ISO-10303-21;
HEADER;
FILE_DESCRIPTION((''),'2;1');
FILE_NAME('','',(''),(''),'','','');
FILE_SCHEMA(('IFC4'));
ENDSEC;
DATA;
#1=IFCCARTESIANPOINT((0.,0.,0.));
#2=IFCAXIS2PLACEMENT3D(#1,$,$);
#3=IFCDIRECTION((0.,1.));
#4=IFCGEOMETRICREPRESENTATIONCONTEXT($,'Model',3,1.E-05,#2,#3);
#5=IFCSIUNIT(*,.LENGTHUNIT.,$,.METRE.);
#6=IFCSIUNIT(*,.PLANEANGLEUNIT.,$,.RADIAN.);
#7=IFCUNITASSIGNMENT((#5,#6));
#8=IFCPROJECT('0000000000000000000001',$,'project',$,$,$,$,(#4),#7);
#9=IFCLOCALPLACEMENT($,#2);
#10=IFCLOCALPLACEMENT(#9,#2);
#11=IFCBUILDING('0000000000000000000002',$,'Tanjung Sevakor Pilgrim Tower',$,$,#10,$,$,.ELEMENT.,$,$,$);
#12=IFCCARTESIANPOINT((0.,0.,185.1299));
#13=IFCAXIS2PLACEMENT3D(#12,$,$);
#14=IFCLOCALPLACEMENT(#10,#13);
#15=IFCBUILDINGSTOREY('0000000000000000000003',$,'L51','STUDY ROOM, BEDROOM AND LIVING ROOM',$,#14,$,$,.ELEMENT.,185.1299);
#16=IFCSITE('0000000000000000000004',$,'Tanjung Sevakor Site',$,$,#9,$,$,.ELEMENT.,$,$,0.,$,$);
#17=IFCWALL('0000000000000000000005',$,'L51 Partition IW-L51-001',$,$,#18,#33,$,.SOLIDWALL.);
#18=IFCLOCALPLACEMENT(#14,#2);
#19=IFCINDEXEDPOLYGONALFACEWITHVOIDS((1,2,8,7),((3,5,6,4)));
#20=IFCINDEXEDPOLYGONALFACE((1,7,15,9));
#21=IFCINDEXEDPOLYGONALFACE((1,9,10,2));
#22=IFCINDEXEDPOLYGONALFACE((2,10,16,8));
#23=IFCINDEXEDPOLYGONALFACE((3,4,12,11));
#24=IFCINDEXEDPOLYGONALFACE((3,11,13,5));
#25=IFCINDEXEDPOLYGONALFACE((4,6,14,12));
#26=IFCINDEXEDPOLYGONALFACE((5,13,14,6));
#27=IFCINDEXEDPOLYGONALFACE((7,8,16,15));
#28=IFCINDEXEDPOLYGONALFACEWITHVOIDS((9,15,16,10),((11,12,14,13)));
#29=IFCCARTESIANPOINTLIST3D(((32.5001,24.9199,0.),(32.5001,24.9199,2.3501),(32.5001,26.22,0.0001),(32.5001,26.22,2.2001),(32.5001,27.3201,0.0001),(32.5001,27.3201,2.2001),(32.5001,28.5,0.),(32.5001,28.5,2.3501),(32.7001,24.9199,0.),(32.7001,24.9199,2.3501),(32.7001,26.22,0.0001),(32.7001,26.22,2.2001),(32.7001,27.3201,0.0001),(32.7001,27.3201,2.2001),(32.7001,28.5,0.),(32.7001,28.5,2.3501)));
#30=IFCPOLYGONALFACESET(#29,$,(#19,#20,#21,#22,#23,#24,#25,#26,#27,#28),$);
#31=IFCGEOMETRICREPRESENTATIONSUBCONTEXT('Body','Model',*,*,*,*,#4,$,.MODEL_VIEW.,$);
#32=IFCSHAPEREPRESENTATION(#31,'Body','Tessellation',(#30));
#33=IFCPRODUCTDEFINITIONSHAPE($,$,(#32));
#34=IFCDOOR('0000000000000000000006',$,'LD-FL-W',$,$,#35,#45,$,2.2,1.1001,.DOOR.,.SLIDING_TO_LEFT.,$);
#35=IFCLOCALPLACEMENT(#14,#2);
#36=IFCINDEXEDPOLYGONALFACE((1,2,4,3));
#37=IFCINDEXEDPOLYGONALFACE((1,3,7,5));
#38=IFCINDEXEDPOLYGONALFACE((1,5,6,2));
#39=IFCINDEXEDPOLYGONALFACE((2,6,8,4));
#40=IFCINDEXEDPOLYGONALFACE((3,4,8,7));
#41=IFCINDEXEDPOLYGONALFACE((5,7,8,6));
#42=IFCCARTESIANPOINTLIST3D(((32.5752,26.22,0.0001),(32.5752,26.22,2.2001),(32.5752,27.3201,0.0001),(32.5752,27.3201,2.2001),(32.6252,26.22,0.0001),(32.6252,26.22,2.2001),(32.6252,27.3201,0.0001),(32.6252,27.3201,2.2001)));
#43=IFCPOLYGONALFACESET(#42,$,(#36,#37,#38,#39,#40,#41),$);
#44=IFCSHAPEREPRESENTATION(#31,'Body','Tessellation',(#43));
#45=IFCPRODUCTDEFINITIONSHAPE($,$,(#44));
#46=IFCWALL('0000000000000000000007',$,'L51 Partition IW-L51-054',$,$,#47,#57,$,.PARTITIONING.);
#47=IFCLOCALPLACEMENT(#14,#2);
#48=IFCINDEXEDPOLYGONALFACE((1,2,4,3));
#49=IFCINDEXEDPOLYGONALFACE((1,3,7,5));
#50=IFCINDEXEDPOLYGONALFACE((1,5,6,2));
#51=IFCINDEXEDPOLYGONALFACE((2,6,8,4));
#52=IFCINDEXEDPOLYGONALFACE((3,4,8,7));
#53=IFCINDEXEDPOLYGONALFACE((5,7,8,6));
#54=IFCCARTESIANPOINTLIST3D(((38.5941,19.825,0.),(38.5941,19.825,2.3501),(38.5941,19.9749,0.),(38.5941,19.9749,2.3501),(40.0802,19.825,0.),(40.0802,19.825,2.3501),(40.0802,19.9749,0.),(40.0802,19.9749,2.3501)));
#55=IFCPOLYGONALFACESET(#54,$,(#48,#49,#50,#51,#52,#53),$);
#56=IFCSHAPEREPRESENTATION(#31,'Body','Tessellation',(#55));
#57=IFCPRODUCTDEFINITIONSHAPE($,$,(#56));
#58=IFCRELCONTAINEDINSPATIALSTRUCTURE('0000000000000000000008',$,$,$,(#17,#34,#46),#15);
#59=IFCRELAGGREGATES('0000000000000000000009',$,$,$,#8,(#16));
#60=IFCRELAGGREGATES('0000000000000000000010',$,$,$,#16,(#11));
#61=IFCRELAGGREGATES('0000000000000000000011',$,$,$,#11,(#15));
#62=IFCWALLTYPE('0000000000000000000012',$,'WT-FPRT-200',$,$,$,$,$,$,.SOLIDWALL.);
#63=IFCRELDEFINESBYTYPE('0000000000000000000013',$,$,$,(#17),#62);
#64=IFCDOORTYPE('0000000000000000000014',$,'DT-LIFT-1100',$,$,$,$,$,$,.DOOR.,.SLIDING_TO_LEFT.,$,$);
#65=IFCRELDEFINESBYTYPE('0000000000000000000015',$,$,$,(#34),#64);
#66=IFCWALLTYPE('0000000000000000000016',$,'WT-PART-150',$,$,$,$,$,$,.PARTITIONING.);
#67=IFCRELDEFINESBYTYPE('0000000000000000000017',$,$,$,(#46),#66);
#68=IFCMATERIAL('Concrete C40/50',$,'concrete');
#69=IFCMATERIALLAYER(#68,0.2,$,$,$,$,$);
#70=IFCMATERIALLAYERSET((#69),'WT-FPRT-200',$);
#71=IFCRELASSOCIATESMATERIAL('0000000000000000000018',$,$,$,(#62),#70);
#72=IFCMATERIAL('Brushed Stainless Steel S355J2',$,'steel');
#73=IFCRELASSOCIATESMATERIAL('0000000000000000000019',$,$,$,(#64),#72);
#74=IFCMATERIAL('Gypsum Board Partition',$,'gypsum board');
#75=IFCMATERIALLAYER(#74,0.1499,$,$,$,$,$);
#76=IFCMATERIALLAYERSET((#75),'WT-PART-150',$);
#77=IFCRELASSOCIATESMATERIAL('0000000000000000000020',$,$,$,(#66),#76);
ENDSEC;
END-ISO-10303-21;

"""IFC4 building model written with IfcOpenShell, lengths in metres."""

from ifc_helpers import new_model, si_unit, direction, frame, frame_2d, origin, place, context, subcontext, project, spatial, rectangle, extrude, material, layer, layer_set, type_object, element, fill, save


model = new_model("IFC4")

# Units and contexts
model_context = context("Model", 3, precision=1e-05, world=origin(), true_north=direction((0.0, 1.0)))
body_context = subcontext(model_context, "Body", "Model", "MODEL_VIEW")
ifc_project = project(units=[si_unit("LENGTHUNIT", "METRE"), si_unit("PLANEANGLEUNIT", "RADIAN")], contexts=[model_context])

# Site, building, storey
site_placement = place(None, origin())
site = spatial("IfcSite", under=ifc_project, at=site_placement, Name="Tanjung Sevakor Site", CompositionType="ELEMENT", RefElevation=0.0)
building_placement = place(site_placement, origin())
building = spatial("IfcBuilding", under=site, at=building_placement, Name="Tanjung Sevakor Pilgrim Tower", CompositionType="ELEMENT")
storey_placement = place(building_placement, frame((0.0, 0.0, 185.1299)))
storey = spatial("IfcBuildingStorey", under=building, at=storey_placement, Name="L51", Description="STUDY ROOM, BEDROOM AND LIVING ROOM", CompositionType="ELEMENT", Elevation=185.1299)

# Wall, opening, door
ifc_material_1 = material(Name="Concrete C40/50", Category="concrete")
ifc_layer_1 = layer(ifc_material_1, 0.2)
ifc_layer_set_1 = layer_set([ifc_layer_1], Name="WT-FPRT-200")
wall_type_1 = type_object("IfcWallType", Name="WT-FPRT-200", PredefinedType="SOLIDWALL", material=ifc_layer_set_1)
wall_1_placement = place(storey_placement, frame((32.6001, 24.9199, 0.0), z_axis=(0.0, 0.0, 1.0), x_axis=(0.0, 1.0, 0.0)))
wall_1 = element("IfcWall", 1, at=wall_1_placement, inside=storey, type_object=wall_type_1, Name="L51 Partition IW-L51-001", PredefinedType="SOLIDWALL", context=body_context, shape_type="SweptSolid", body=[
    extrude(rectangle(XDim=3.5801, YDim=0.2, at=frame_2d((1.79, 0.0))), origin(), (0.0, 0.0, 1.0), 2.3501),
])
opening_1_placement = place(wall_1_placement, frame((1.3, 0.0, 0.0)))
opening_1 = element("IfcOpeningElement", 2, at=opening_1_placement, cuts=wall_1, PredefinedType="OPENING", context=body_context, shape_type="SweptSolid", body=[
    extrude(rectangle(XDim=1.1001, YDim=2.2, at=frame_2d((0.55, 1.1001))), frame((0.0, 0.1099, 0.0), z_axis=(0.0, -1.0, 0.0), x_axis=(1.0, 0.0, 0.0)), (0.0, 0.0, 1.0), 0.22),
])
ifc_material_2 = material(Name="Brushed Stainless Steel S355J2", Category="steel")
door_type_1 = type_object("IfcDoorType", Name="DT-LIFT-1100", OperationType="SLIDING_TO_LEFT", PredefinedType="DOOR", material=ifc_material_2)
door_1_placement = place(opening_1_placement, origin())
door_1 = element("IfcDoor", 3, at=door_1_placement, inside=storey, type_object=door_type_1, Name="LD-FL-W", OperationType="SLIDING_TO_LEFT", OverallHeight=2.2, OverallWidth=1.1001, PredefinedType="DOOR", context=body_context, shape_type="SweptSolid", body=[
    extrude(rectangle(XDim=1.1001, YDim=2.2, at=frame_2d((0.55, 1.1001))), frame((0.0, 0.0249, 0.0), z_axis=(0.0, -1.0, 0.0), x_axis=(1.0, 0.0, 0.0)), (0.0, 0.0, 1.0), 0.05),
])
fill(opening_1, door_1)

# Wall
ifc_material_3 = material(Name="Gypsum Board Partition", Category="gypsum board")
ifc_layer_2 = layer(ifc_material_3, 0.1499)
ifc_layer_set_2 = layer_set([ifc_layer_2], Name="WT-PART-150")
wall_type_2 = type_object("IfcWallType", Name="WT-PART-150", PredefinedType="PARTITIONING", material=ifc_layer_set_2)
wall_2_placement = place(storey_placement, frame((38.594, 19.8999, 0.0), z_axis=(0.0, 0.0, 1.0), x_axis=(1.0, 0.0, 0.0)))
element("IfcWall", 4, at=wall_2_placement, inside=storey, type_object=wall_type_2, Name="L51 Partition IW-L51-054", PredefinedType="PARTITIONING", context=body_context, shape_type="SweptSolid", body=[
    extrude(rectangle(XDim=1.4861, YDim=0.1499, at=frame_2d((0.7432, 0.0))), origin(), (0.0, 0.0, 1.0), 2.3501),
])

save(model, "model.ifc")
